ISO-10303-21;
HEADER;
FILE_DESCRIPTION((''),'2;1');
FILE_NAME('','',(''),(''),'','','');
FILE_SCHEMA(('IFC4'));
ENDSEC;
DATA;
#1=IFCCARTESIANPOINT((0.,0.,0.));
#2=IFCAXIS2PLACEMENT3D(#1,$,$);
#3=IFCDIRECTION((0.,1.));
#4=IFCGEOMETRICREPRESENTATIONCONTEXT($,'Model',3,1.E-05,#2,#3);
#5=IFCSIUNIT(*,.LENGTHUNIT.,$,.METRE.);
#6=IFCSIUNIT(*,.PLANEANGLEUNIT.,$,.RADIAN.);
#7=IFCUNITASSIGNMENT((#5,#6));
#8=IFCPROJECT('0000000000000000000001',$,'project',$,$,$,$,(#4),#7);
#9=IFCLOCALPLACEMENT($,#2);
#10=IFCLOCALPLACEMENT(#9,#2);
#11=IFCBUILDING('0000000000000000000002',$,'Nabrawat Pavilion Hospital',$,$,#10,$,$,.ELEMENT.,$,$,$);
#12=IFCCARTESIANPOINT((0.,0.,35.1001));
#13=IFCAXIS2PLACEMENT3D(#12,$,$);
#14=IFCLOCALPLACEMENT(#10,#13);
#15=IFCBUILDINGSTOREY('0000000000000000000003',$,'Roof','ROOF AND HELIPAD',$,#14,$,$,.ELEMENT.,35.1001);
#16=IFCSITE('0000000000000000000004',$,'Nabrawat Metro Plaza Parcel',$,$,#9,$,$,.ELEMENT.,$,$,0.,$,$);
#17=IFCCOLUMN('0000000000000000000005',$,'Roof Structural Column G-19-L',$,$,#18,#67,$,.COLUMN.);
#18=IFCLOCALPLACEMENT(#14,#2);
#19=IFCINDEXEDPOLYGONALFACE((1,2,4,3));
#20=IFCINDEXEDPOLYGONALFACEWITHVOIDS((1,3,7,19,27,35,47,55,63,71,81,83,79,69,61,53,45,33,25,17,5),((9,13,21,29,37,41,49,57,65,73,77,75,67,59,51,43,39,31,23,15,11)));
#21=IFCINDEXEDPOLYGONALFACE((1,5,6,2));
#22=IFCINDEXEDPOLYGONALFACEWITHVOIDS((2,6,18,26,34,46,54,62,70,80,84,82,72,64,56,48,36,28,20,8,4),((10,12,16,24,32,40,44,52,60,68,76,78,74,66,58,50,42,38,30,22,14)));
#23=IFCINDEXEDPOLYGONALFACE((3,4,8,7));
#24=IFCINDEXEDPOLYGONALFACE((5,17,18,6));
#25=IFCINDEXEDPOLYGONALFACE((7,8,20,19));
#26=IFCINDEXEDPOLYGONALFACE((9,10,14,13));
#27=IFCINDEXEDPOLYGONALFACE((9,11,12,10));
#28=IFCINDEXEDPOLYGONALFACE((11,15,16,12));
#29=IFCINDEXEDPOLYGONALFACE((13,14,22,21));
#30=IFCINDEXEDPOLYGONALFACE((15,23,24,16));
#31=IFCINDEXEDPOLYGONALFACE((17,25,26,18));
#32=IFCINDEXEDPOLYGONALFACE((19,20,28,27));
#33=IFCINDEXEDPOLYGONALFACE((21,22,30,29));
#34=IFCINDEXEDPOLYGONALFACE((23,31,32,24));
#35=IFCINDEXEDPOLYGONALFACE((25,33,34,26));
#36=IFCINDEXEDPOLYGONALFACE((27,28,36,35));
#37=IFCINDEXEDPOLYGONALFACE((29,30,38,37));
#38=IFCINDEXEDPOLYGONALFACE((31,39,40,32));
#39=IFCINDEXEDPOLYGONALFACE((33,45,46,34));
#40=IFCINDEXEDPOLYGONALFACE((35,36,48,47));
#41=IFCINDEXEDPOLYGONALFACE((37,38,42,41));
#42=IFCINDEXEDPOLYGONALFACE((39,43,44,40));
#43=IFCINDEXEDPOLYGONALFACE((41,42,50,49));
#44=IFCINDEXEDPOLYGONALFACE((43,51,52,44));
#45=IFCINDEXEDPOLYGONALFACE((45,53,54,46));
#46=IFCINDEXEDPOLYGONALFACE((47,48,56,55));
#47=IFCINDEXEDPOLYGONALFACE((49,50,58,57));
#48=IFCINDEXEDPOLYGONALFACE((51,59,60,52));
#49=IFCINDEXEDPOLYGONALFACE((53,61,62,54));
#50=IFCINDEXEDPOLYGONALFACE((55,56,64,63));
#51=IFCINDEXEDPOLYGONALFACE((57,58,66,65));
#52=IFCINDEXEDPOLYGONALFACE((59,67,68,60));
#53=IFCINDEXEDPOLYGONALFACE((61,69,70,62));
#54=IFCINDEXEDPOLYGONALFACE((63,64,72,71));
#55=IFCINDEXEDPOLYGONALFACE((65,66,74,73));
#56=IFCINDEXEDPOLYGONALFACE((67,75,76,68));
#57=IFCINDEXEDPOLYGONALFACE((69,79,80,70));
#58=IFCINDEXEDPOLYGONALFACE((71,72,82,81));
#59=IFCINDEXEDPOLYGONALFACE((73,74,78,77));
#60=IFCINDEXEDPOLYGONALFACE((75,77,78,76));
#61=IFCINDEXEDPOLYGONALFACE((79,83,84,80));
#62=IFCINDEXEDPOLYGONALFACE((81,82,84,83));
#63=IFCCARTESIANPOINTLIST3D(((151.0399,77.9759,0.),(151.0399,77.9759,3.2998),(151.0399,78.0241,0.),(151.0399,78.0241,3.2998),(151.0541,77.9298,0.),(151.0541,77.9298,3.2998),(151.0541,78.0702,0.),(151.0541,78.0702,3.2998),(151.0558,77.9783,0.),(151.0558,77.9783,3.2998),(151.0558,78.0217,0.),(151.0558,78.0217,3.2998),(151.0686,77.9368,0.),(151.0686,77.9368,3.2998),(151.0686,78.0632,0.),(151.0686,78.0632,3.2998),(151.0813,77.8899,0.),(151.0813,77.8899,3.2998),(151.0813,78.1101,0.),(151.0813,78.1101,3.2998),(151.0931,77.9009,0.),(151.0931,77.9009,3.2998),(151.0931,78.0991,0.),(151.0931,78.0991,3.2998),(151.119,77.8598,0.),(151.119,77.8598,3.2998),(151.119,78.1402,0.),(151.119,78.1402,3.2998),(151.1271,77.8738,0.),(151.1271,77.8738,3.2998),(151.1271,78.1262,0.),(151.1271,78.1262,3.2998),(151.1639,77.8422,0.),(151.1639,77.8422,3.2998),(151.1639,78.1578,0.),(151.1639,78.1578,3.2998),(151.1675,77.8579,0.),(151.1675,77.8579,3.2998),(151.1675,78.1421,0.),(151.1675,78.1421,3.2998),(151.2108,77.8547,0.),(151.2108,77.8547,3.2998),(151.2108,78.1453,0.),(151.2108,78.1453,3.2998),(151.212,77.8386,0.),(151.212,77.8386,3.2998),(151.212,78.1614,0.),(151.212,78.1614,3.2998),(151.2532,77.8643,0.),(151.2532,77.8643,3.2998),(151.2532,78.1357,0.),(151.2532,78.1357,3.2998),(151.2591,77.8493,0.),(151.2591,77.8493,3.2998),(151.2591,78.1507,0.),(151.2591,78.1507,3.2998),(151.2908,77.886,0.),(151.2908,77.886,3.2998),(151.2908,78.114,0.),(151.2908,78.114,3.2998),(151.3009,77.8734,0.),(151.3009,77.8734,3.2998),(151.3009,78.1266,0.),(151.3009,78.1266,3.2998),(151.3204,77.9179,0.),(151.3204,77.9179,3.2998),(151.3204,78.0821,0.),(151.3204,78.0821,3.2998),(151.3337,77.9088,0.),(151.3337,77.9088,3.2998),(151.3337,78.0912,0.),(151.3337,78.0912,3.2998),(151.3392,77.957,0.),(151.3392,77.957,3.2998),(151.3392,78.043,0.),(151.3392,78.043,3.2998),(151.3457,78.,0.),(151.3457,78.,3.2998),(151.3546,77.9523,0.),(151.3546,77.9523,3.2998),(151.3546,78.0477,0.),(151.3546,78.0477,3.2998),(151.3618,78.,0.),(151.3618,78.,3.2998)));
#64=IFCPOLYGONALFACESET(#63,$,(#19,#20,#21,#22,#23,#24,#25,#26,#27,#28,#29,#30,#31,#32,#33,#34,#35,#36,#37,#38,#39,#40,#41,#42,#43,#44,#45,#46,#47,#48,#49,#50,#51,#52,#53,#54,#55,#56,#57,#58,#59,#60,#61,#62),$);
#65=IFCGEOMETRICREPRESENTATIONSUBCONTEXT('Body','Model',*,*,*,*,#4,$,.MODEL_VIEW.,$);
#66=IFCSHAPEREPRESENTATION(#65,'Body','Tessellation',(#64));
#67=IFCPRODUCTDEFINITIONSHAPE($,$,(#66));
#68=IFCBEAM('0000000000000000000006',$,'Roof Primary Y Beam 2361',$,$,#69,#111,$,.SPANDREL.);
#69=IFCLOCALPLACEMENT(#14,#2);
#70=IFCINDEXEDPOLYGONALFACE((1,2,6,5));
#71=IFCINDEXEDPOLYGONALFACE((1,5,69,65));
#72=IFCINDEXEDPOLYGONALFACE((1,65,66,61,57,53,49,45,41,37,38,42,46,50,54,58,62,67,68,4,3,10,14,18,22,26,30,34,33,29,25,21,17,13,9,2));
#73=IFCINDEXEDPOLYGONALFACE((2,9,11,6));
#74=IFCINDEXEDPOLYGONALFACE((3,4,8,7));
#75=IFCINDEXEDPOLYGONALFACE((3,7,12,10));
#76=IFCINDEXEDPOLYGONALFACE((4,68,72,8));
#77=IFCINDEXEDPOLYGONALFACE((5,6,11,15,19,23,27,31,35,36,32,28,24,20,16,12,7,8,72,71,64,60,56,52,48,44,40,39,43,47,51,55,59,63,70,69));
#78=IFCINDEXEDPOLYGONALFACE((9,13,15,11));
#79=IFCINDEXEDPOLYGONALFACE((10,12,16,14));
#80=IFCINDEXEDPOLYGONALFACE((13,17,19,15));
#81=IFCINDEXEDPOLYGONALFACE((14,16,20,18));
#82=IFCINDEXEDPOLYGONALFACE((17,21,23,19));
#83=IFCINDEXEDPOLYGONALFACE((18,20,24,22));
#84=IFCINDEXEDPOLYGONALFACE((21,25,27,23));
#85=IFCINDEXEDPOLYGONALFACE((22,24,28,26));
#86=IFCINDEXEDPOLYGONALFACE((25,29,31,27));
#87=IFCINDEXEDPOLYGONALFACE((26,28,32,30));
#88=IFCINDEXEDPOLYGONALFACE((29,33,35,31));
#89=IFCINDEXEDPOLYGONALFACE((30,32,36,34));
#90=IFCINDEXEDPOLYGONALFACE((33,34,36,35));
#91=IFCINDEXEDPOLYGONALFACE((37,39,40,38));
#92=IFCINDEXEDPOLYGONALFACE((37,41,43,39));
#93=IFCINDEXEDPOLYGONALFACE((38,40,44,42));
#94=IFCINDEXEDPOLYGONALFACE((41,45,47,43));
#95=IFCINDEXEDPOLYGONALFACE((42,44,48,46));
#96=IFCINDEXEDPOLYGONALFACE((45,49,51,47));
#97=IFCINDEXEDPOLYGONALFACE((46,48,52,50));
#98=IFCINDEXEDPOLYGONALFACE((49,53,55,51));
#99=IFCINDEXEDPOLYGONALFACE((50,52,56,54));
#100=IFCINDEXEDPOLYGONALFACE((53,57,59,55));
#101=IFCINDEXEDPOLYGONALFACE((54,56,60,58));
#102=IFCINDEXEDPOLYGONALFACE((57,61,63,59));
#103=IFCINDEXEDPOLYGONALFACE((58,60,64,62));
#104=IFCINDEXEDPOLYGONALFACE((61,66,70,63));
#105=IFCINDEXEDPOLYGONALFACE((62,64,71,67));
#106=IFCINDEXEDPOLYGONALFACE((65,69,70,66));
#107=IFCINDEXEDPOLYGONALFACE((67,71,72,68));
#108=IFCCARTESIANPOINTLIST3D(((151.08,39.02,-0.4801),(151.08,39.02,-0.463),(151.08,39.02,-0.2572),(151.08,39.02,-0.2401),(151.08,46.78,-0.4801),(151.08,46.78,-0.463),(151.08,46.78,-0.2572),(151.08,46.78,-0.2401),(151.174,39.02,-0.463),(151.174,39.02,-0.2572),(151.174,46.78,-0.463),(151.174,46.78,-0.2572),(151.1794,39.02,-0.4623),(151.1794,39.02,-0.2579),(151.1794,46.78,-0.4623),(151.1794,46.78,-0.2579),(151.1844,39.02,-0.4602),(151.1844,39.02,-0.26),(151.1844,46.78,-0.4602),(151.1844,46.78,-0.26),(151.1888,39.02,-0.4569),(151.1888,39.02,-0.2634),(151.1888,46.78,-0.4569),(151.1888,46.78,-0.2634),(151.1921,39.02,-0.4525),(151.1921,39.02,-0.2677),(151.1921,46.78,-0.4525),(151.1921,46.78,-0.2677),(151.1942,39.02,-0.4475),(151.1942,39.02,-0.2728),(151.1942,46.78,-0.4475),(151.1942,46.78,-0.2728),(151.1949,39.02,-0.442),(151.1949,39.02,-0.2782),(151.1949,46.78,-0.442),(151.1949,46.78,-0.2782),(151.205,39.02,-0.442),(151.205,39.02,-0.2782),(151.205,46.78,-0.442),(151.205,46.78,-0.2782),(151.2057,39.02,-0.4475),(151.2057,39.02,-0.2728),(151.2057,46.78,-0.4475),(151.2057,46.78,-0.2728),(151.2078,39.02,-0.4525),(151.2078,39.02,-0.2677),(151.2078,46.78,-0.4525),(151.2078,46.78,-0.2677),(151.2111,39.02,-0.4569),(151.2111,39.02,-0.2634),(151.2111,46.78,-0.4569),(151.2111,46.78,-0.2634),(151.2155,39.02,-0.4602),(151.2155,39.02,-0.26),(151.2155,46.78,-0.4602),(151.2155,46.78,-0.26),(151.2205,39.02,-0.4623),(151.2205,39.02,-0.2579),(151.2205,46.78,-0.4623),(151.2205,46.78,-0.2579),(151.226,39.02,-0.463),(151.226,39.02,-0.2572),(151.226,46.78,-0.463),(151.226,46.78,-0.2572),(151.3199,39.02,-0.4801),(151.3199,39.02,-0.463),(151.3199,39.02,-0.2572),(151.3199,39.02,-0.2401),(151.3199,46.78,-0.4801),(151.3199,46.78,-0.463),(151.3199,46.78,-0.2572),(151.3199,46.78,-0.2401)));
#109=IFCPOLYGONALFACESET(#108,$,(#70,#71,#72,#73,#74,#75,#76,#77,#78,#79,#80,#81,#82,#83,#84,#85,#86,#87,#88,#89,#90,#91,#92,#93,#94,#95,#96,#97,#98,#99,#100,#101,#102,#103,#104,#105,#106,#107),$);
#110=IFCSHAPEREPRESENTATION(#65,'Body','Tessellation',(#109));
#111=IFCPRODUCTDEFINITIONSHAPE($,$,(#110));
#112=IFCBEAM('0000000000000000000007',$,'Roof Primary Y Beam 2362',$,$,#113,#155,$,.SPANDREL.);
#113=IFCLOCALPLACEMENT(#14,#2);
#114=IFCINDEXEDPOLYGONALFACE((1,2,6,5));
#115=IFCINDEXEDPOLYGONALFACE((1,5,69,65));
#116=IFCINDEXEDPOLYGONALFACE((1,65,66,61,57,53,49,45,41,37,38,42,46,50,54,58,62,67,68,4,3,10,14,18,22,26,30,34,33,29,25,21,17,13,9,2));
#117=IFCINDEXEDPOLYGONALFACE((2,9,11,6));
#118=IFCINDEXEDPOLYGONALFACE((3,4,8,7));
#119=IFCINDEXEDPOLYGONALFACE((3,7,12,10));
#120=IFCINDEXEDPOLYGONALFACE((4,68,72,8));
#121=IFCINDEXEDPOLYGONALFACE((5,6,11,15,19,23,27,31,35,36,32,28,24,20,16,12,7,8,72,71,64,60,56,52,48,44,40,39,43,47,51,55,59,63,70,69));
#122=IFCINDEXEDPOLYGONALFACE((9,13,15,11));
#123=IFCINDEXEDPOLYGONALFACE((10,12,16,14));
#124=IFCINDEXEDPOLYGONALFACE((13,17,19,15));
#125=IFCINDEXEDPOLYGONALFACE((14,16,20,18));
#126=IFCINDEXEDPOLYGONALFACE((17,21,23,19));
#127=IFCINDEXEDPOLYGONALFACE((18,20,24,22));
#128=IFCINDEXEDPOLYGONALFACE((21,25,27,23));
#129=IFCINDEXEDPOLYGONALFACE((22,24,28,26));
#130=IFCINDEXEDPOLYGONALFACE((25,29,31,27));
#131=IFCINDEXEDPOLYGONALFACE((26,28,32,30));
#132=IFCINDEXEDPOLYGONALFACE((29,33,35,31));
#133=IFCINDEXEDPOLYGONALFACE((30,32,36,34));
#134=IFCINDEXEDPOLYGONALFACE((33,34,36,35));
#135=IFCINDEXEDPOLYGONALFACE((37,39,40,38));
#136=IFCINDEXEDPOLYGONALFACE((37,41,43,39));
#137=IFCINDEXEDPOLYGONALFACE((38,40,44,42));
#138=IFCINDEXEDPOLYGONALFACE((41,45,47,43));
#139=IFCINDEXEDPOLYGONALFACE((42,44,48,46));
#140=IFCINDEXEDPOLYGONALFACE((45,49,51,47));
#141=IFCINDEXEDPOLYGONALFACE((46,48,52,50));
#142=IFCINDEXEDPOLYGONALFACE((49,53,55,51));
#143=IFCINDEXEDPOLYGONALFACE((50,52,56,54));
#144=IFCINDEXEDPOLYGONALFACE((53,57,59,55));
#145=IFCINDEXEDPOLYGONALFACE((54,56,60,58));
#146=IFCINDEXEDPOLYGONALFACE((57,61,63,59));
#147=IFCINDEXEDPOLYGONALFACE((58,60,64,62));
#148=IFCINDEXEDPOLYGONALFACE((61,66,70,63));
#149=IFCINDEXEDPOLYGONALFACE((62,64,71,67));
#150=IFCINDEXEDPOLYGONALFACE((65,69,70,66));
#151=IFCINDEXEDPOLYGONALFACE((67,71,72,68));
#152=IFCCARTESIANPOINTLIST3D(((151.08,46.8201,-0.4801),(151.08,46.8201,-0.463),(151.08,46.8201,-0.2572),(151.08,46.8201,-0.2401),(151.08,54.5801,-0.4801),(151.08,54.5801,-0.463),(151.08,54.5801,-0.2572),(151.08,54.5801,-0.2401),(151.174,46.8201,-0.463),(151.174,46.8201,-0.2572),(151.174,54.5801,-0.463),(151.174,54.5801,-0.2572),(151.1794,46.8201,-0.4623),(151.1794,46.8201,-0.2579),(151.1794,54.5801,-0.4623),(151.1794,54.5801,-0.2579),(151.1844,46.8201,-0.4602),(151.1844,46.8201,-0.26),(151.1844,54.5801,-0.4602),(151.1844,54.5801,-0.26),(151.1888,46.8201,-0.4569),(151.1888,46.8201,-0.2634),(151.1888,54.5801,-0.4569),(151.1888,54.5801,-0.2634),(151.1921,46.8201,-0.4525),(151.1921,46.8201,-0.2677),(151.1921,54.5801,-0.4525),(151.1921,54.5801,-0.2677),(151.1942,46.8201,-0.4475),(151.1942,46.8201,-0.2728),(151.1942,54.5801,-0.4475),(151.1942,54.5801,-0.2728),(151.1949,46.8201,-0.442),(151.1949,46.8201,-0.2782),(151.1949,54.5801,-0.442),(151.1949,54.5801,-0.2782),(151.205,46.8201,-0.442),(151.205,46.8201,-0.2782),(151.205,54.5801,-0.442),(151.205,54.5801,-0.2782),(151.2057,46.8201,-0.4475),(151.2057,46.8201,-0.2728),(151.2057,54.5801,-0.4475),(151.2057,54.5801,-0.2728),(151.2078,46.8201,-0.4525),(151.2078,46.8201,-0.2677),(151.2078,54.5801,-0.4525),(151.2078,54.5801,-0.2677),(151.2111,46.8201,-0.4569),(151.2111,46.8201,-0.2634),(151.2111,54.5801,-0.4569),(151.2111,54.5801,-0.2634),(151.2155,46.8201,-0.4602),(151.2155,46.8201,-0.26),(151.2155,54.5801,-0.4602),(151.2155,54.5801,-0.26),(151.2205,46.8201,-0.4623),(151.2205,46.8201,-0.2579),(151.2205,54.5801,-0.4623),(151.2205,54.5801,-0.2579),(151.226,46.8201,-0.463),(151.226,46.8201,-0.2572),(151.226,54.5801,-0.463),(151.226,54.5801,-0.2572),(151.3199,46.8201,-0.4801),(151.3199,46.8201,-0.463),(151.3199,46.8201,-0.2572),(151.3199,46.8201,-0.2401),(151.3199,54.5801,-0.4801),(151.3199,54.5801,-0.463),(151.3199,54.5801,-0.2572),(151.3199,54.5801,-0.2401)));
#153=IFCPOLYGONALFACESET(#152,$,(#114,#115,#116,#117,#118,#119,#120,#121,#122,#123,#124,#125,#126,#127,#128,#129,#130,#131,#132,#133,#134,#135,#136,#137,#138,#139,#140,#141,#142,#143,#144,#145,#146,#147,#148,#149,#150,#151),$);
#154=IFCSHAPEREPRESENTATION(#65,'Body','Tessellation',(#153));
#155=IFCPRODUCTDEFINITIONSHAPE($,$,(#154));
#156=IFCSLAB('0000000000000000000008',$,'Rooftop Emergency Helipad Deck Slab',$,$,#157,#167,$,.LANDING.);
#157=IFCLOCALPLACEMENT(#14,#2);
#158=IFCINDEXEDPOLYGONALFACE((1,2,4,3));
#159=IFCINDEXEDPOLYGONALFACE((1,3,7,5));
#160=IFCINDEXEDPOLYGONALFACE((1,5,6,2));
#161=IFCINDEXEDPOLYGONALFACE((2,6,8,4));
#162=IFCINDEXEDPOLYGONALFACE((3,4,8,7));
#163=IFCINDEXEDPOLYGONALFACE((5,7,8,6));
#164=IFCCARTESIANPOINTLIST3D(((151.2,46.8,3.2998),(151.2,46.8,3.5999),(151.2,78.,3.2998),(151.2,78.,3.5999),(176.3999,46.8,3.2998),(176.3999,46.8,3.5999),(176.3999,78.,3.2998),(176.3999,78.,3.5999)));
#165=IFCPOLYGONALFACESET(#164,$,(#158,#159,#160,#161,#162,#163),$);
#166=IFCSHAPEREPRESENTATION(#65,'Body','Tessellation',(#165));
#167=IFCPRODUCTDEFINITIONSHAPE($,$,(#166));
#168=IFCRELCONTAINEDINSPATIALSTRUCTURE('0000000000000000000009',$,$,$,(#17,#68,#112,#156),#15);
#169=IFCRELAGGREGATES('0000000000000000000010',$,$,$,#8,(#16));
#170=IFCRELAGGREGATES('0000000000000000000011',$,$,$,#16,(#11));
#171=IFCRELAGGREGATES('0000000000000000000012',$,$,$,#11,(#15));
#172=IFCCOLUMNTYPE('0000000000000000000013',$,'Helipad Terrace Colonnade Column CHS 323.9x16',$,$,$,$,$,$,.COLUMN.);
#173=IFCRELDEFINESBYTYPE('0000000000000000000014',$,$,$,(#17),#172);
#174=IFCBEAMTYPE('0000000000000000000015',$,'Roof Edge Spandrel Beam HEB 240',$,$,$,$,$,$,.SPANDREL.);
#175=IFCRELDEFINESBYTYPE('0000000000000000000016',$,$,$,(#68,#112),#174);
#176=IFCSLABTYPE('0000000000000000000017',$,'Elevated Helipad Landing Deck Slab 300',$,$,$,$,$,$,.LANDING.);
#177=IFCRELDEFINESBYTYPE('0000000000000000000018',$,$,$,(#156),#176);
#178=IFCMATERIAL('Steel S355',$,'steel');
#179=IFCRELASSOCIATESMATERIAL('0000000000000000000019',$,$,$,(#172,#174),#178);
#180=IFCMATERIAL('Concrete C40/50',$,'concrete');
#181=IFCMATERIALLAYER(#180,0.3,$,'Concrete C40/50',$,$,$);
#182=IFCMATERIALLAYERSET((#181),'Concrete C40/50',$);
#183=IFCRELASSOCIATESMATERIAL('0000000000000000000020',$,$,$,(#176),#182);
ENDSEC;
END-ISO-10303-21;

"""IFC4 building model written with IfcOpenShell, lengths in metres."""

from ifc_helpers import new_model, si_unit, direction, frame, origin, origin_2d, place, context, subcontext, project, spatial, polyline, hollow_circle, i_section, outline, extrude, material, layer, layer_set, material_profile, profile_set, type_object, element, save


model = new_model("IFC4")

# Units and contexts
model_context = context("Model", 3, precision=1e-05, world=origin(), true_north=direction((0.0, 1.0)))
body_context = subcontext(model_context, "Body", "Model", "MODEL_VIEW")
ifc_project = project(units=[si_unit("LENGTHUNIT", "METRE"), si_unit("PLANEANGLEUNIT", "RADIAN")], contexts=[model_context])

# Site, building, storey
site_placement = place(None, origin())
site = spatial("IfcSite", under=ifc_project, at=site_placement, Name="Nabrawat Metro Plaza Parcel", CompositionType="ELEMENT", RefElevation=0.0)
building_placement = place(site_placement, origin())
building = spatial("IfcBuilding", under=site, at=building_placement, Name="Nabrawat Pavilion Hospital", CompositionType="ELEMENT")
storey_placement = place(building_placement, frame((0.0, 0.0, 35.1001)))
storey = spatial("IfcBuildingStorey", under=building, at=storey_placement, Name="Roof", Description="ROOF AND HELIPAD", CompositionType="ELEMENT", Elevation=35.1001)

# Column
ifc_material_1 = material(Name="Steel S355", Category="steel")
ifc_material_profile_1 = material_profile(ifc_material_1, hollow_circle(Radius=0.1619, WallThickness=0.0161, at=origin_2d()), Name="CHS 323.9x16")
ifc_profile_set_1 = profile_set([ifc_material_profile_1], Name="Steel S355")
column_type_1 = type_object("IfcColumnType", Name="Helipad Terrace Colonnade Column CHS 323.9x16", PredefinedType="COLUMN", material=ifc_profile_set_1)
for number, where, z_axis, x_axis, name in (
    (1, (151.2, 78.0, 0.0), (0.0, 0.0, 1.0), (1.0, 0.0, 0.0), "Roof Structural Column G-19-L"),
):
    element("IfcColumn", number, at=place(storey_placement, frame(where, z_axis=z_axis, x_axis=x_axis)), inside=storey, type_object=column_type_1, Name=name, PredefinedType="COLUMN", context=body_context, shape_type="SweptSolid", body=[
        extrude(hollow_circle(Radius=0.1619, WallThickness=0.0161, at=origin_2d()), origin(), (0.0, 0.0, 1.0), 3.2998),
    ])

# Beams
ifc_material_profile_2 = material_profile(ifc_material_1, i_section(OverallWidth=0.24, OverallDepth=0.24, WebThickness=0.01, FlangeThickness=0.0171, FilletRadius=0.021, at=origin_2d()), Name="HEB 240")
ifc_profile_set_2 = profile_set([ifc_material_profile_2], Name="Steel S355")
beam_type = type_object("IfcBeamType", Name="Roof Edge Spandrel Beam HEB 240", PredefinedType="SPANDREL", material=ifc_profile_set_2)
for number, where, z_axis, x_axis, name in (
    (2, (151.2, 39.02, -0.3601), (0.0, 1.0, 0.0), (-1.0, 0.0, 0.0), "Roof Primary Y Beam 2361"),
    (3, (151.2, 46.8201, -0.3601), (0.0, 1.0, 0.0), (-1.0, 0.0, 0.0), "Roof Primary Y Beam 2362"),
):
    element("IfcBeam", number, at=place(storey_placement, frame(where, z_axis=z_axis, x_axis=x_axis)), inside=storey, type_object=beam_type, Name=name, PredefinedType="SPANDREL", context=body_context, shape_type="SweptSolid", body=[
        extrude(i_section(OverallWidth=0.24, OverallDepth=0.24, WebThickness=0.01, FlangeThickness=0.0171, FilletRadius=0.021, at=origin_2d()), origin(), (0.0, 0.0, 1.0), 7.76),
    ])

# Slab
ifc_material_2 = material(Name="Concrete C40/50", Category="concrete")
ifc_layer_1 = layer(ifc_material_2, 0.3, Name="Concrete C40/50")
ifc_layer_set_1 = layer_set([ifc_layer_1], Name="Concrete C40/50")
slab_type_1 = type_object("IfcSlabType", Name="Elevated Helipad Landing Deck Slab 300", PredefinedType="LANDING", material=ifc_layer_set_1)
slab_1_placement = place(storey_placement, frame((0.0, 0.0, 3.2998)))
element("IfcSlab", 4, at=slab_1_placement, inside=storey, type_object=slab_type_1, Name="Rooftop Emergency Helipad Deck Slab", PredefinedType="LANDING", context=body_context, shape_type="SweptSolid", body=[
    extrude(outline(polyline([(176.3999, 46.8), (176.3999, 78.0), (151.2, 78.0), (151.2, 46.8), (176.3999, 46.8)])), origin(), (0.0, 0.0, 1.0), 0.3),
])

save(model, "model.ifc")
